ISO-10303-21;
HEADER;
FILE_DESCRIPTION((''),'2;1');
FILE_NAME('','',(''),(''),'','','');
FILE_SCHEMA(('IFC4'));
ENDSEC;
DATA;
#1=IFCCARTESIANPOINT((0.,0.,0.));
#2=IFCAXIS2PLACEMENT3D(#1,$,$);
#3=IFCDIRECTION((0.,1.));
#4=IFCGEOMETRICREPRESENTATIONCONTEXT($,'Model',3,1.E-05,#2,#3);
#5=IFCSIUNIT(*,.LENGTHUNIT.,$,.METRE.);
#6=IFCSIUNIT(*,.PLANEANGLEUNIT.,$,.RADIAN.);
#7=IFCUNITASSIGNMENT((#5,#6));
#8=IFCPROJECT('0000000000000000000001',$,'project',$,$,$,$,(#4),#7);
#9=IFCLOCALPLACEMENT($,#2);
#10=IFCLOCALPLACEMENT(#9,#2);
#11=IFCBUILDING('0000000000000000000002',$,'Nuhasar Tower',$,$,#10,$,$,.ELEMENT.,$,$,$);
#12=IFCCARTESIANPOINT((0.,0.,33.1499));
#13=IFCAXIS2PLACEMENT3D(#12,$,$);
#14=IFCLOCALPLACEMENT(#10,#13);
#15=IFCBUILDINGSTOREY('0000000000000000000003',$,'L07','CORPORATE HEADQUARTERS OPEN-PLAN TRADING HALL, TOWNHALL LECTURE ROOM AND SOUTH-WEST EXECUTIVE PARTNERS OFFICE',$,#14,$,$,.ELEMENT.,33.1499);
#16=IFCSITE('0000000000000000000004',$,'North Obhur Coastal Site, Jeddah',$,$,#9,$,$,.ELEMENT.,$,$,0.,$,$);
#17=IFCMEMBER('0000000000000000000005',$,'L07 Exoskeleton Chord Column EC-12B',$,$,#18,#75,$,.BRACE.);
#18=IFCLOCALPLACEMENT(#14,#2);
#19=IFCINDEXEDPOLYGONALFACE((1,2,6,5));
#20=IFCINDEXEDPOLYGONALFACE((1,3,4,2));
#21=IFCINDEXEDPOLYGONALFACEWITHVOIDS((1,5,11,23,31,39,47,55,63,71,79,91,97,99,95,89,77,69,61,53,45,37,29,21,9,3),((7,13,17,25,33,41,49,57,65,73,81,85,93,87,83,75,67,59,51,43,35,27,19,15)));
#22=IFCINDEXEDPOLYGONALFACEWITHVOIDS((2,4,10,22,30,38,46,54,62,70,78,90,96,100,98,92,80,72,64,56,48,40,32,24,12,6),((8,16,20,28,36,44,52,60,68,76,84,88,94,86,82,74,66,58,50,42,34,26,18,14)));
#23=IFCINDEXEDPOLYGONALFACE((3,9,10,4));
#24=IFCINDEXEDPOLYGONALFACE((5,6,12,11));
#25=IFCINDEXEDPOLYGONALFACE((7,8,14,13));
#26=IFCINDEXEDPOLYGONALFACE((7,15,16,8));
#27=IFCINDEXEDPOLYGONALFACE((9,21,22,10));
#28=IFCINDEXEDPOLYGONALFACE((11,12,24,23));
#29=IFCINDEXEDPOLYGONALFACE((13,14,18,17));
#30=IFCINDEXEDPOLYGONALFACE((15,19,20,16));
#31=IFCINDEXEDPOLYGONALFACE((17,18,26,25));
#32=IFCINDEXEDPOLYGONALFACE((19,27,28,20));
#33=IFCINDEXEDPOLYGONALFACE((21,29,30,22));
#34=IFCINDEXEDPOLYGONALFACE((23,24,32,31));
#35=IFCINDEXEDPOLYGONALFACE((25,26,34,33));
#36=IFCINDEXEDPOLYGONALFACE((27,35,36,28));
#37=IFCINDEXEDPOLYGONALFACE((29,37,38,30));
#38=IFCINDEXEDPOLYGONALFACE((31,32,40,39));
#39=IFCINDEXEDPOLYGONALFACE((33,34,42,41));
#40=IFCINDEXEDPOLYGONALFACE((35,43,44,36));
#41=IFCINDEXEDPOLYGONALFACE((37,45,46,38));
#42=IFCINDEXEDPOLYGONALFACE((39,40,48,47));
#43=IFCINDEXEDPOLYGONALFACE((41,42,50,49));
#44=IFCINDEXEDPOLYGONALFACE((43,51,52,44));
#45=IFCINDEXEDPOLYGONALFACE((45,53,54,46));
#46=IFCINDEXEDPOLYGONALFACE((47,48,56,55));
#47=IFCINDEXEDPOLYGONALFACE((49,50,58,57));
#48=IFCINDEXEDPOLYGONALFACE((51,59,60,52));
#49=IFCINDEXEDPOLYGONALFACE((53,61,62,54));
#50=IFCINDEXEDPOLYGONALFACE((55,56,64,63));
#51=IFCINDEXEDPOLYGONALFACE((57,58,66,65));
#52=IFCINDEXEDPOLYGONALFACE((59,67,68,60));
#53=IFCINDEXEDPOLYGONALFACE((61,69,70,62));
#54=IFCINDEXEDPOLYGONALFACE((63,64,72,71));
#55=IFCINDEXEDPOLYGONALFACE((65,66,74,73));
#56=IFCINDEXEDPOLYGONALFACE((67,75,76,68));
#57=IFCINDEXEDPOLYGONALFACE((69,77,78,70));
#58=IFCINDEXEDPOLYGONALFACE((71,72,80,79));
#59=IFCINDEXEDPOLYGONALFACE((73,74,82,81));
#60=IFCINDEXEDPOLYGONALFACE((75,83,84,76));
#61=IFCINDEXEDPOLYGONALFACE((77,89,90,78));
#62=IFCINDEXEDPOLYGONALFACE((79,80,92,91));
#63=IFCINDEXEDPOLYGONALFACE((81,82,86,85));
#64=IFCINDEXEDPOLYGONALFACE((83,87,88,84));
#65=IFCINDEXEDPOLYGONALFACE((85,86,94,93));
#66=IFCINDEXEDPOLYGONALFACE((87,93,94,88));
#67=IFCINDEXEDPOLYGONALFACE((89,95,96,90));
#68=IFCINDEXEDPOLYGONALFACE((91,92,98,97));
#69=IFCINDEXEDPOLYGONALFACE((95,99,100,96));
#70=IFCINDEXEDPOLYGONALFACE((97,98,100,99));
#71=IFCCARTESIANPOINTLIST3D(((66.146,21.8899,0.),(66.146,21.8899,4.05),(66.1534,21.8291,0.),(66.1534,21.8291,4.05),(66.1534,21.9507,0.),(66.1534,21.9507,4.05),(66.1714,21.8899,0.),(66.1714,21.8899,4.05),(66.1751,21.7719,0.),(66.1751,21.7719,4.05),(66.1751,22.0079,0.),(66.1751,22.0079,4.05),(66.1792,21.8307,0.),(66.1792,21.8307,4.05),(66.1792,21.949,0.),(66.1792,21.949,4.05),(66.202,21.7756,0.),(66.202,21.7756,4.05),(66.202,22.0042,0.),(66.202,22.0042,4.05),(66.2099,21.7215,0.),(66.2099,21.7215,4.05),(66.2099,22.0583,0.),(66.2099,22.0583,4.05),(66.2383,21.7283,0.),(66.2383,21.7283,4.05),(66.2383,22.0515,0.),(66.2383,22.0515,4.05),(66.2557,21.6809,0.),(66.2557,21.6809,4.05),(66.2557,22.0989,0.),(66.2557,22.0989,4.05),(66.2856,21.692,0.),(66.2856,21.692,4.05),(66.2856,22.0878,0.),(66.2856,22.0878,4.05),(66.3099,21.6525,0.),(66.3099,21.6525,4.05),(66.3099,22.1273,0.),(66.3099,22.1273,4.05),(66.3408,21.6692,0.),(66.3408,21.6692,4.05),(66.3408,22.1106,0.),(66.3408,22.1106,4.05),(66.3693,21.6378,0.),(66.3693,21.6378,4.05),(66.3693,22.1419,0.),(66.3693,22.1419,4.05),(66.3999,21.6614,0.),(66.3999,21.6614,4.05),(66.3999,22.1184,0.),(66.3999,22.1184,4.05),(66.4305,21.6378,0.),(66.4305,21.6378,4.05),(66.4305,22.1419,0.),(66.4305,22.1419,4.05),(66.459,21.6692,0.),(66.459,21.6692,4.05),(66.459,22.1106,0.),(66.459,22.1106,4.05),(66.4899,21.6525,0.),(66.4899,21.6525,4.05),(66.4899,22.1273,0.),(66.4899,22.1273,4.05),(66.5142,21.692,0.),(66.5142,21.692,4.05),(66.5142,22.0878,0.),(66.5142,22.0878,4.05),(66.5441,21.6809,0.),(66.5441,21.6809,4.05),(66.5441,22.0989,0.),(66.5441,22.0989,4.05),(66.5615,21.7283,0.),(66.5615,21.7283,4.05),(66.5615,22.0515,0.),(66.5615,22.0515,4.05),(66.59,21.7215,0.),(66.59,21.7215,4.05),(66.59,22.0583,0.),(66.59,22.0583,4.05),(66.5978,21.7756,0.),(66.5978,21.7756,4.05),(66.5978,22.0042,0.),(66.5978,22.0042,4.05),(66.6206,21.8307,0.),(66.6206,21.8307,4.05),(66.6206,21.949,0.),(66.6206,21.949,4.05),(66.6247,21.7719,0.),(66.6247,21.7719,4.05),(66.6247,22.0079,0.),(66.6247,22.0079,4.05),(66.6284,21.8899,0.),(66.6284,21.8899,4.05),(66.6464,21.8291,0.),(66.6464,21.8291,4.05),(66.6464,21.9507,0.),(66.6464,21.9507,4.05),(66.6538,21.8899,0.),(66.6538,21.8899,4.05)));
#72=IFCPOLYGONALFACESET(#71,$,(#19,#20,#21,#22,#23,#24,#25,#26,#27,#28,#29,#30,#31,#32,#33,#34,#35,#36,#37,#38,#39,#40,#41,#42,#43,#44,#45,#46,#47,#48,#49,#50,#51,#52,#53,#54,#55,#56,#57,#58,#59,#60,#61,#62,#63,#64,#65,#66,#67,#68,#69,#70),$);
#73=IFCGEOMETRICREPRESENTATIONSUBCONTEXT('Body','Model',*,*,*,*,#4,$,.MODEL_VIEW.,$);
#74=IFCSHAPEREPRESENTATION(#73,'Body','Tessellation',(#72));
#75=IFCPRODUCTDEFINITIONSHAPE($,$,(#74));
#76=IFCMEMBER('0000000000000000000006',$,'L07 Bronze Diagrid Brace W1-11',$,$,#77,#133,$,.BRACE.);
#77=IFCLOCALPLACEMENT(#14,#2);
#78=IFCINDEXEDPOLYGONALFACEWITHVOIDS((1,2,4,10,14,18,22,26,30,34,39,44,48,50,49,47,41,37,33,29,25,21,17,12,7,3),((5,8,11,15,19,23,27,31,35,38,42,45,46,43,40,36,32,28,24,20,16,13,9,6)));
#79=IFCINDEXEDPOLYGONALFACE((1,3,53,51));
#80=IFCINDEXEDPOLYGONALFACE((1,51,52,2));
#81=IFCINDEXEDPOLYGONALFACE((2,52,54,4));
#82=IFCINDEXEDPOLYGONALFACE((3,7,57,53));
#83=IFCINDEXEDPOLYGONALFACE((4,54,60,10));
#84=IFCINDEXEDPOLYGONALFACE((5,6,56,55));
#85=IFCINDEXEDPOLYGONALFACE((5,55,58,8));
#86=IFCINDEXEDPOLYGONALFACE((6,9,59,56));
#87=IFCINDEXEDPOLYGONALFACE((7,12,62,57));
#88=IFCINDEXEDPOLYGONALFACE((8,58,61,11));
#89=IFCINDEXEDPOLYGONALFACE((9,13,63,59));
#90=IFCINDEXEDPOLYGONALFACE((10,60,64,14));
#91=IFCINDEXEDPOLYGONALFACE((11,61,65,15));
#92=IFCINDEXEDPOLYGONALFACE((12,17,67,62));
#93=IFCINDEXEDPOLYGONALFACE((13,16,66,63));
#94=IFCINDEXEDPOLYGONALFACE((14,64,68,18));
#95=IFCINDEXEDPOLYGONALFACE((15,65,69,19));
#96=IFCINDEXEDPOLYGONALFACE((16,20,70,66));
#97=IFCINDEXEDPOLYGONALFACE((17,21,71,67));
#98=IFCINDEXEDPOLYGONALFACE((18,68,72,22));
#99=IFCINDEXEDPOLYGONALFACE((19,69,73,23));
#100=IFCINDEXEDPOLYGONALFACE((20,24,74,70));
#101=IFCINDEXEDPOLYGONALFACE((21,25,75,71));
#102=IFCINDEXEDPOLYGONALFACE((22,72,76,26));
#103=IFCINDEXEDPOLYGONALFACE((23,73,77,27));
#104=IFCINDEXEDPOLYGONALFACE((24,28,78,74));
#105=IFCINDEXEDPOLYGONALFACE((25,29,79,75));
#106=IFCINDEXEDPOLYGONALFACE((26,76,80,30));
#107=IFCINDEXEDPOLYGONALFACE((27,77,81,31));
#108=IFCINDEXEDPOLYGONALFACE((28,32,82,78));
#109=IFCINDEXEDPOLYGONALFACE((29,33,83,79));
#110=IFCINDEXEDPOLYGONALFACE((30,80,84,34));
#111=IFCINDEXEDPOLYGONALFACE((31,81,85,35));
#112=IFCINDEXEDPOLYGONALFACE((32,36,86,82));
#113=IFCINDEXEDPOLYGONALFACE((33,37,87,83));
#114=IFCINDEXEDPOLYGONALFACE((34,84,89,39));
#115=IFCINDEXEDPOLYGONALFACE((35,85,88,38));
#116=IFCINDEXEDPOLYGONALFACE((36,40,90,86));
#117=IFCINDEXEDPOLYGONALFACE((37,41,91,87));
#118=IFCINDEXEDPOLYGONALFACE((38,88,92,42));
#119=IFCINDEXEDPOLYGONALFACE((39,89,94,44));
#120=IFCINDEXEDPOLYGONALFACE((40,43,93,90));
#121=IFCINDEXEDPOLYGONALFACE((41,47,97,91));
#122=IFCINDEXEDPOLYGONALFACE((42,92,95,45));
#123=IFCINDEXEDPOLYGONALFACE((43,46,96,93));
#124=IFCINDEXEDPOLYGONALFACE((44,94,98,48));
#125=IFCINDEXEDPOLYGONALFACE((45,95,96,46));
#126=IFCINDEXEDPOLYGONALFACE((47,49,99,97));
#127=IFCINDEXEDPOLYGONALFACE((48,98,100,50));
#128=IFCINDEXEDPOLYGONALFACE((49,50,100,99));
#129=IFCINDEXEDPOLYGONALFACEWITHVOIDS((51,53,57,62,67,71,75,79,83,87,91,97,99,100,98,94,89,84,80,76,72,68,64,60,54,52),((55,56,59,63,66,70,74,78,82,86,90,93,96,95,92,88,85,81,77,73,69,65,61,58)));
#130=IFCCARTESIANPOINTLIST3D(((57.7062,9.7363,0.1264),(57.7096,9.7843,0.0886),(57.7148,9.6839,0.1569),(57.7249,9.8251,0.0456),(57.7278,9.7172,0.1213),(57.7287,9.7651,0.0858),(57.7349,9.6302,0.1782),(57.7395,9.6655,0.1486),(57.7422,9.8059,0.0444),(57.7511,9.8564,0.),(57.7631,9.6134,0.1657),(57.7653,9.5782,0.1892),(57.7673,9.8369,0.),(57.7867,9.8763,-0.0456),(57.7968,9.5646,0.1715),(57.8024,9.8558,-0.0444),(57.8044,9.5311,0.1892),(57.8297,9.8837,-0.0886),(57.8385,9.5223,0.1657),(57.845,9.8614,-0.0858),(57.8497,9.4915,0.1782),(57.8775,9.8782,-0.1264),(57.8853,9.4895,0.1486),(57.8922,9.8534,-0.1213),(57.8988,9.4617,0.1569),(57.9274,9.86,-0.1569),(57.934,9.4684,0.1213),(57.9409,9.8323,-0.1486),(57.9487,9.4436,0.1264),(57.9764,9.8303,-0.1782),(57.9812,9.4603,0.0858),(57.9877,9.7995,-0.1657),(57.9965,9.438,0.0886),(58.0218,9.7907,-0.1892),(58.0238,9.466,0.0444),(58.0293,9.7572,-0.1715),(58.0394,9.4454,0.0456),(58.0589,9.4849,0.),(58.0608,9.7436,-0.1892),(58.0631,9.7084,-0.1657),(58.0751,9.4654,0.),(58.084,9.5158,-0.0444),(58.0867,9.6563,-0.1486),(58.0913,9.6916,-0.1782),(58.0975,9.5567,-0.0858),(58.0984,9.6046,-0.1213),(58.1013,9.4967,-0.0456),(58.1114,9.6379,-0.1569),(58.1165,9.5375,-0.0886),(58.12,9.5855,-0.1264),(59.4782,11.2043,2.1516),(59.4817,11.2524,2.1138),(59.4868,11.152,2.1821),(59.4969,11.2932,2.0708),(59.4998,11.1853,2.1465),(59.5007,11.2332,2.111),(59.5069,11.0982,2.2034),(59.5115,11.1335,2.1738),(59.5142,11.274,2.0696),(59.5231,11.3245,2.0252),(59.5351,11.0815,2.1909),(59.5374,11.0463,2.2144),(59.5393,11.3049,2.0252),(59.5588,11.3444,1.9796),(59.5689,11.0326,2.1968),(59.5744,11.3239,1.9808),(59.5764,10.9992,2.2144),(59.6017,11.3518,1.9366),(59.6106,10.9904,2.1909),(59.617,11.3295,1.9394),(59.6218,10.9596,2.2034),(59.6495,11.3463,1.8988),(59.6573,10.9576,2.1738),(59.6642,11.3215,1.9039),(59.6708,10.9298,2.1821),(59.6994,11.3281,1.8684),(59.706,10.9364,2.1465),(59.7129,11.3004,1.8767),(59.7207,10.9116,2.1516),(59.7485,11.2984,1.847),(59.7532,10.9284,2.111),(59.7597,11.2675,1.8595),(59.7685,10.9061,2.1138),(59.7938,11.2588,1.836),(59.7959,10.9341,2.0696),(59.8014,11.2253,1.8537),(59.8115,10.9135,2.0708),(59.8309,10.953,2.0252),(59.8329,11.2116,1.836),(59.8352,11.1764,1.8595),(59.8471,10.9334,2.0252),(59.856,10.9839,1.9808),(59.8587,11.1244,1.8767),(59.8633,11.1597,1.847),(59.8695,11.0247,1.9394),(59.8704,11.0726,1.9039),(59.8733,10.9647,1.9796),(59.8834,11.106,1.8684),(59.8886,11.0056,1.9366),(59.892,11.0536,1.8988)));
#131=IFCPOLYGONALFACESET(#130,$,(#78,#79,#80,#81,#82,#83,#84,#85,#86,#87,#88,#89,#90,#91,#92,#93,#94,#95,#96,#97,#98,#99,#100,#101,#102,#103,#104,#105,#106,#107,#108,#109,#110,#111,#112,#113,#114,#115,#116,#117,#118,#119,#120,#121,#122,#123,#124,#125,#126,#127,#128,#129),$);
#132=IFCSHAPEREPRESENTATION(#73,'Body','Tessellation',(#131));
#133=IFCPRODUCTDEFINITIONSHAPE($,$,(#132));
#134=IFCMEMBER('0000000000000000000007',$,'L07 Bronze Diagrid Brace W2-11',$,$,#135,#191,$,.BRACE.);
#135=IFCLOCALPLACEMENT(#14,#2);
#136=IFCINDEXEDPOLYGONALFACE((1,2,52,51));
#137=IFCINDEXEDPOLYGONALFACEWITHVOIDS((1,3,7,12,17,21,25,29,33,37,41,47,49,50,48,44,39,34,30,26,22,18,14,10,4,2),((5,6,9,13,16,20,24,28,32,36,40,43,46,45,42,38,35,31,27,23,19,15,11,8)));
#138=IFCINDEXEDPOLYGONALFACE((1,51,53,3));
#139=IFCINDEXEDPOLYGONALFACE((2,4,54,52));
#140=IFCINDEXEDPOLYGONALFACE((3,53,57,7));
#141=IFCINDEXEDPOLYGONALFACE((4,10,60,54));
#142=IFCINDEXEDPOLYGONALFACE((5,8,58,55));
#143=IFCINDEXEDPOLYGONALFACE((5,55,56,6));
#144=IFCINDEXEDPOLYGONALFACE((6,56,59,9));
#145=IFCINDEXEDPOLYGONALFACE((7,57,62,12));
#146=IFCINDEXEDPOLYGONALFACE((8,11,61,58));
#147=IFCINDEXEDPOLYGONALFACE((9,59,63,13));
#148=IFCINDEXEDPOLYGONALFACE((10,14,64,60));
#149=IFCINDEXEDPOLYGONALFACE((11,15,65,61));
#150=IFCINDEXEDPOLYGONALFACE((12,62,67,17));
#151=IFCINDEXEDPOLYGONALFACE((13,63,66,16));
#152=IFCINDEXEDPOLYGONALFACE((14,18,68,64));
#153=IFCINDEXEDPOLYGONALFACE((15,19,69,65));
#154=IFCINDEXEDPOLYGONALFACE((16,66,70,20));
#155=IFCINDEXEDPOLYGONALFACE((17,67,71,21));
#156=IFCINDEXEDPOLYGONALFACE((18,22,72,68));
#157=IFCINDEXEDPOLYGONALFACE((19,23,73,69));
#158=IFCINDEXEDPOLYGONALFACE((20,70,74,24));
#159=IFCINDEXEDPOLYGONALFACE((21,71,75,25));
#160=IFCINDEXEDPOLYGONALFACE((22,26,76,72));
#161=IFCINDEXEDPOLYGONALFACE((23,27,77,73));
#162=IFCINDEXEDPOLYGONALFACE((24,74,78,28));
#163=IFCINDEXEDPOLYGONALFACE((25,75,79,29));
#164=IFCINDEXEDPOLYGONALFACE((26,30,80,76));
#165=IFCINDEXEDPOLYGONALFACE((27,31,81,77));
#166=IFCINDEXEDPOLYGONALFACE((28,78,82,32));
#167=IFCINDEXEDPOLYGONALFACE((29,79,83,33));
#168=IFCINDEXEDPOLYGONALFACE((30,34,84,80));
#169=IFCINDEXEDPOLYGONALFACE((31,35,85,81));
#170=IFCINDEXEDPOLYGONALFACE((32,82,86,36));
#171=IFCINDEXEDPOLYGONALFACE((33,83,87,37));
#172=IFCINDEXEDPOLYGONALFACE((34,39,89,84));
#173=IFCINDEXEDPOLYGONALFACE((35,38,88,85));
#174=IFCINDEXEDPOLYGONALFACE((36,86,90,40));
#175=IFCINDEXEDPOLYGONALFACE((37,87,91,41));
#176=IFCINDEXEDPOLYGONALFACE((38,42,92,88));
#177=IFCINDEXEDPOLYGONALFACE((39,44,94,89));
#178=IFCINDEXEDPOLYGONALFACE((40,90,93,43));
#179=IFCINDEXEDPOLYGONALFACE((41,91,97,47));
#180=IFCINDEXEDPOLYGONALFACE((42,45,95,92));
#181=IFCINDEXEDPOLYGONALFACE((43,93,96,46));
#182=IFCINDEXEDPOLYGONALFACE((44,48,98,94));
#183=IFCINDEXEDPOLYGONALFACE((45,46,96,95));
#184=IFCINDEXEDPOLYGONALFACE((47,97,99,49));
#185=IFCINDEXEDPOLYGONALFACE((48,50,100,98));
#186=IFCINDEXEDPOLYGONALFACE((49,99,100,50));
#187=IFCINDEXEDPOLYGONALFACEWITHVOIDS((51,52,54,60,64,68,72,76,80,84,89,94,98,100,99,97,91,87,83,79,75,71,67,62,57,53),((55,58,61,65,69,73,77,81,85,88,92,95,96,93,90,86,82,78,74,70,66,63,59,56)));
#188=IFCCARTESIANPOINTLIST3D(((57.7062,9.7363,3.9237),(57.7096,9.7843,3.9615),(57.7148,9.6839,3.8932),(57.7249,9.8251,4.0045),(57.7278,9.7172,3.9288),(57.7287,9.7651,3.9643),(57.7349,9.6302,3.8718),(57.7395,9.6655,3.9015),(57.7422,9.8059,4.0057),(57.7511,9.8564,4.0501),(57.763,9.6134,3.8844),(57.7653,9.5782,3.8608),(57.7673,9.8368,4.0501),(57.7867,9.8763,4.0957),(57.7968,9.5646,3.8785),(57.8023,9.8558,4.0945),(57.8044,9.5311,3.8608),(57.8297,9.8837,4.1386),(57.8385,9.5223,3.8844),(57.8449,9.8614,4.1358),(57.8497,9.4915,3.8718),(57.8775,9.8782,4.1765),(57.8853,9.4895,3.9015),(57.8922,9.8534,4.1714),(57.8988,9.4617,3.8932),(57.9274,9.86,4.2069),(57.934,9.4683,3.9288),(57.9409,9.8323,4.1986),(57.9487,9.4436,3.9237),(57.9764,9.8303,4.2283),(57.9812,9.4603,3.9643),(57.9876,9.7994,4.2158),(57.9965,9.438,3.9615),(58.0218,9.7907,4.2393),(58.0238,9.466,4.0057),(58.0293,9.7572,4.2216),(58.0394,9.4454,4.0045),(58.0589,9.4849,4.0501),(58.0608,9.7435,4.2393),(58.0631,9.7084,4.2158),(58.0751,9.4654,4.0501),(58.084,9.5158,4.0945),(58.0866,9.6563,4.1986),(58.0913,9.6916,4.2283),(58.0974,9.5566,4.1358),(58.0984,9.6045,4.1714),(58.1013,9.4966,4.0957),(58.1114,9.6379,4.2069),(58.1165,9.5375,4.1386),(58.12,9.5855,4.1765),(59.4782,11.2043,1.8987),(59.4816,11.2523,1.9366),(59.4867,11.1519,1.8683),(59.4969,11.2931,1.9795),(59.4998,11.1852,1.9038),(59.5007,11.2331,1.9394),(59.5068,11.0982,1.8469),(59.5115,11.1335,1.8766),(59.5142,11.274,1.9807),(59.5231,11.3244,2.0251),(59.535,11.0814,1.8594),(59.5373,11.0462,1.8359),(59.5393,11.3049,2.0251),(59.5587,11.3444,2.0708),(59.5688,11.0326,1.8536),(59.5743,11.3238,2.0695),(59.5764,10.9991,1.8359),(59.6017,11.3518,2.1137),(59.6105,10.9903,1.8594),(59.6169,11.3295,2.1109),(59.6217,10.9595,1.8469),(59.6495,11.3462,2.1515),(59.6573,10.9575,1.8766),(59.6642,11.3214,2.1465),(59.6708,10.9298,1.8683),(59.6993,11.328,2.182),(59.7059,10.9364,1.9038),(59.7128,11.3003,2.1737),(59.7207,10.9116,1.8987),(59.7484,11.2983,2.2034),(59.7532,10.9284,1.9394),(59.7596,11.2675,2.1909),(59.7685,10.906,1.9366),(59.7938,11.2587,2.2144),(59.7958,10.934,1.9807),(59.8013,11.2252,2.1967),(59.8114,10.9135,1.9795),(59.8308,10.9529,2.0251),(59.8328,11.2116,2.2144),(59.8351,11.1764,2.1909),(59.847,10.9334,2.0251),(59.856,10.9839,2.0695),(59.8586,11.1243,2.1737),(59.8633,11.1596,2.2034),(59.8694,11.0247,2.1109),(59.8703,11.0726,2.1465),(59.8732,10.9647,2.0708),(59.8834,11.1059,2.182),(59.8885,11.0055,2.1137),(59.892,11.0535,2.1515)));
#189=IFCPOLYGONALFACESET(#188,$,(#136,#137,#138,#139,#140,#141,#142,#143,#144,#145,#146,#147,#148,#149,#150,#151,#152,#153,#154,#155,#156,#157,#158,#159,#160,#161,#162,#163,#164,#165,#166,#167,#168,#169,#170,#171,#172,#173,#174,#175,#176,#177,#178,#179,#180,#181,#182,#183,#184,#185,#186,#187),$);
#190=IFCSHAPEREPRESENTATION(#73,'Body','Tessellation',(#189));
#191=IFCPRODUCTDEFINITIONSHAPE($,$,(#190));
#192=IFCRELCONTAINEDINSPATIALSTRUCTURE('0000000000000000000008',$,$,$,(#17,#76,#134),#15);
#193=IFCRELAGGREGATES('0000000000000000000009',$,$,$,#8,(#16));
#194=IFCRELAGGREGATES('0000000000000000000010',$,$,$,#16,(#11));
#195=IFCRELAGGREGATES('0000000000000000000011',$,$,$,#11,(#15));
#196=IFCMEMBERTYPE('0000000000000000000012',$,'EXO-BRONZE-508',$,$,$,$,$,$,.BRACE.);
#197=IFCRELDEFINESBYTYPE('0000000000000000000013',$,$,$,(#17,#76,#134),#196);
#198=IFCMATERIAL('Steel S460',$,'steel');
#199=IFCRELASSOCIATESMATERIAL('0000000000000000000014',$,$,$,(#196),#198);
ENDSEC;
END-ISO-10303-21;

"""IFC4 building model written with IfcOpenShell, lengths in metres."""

from ifc_helpers import new_model, si_unit, direction, frame, origin, origin_2d, place, context, subcontext, project, spatial, hollow_circle, extrude, material, material_profile, profile_set, type_object, element, save


model = new_model("IFC4")

# Units and contexts
model_context = context("Model", 3, precision=1e-05, world=origin(), true_north=direction((0.0, 1.0)))
body_context = subcontext(model_context, "Body", "Model", "MODEL_VIEW")
ifc_project = project(units=[si_unit("LENGTHUNIT", "METRE"), si_unit("PLANEANGLEUNIT", "RADIAN")], contexts=[model_context])

# Site, building, storey
site_placement = place(None, origin())
site = spatial("IfcSite", under=ifc_project, at=site_placement, Name="North Obhur Coastal Site, Jeddah", CompositionType="ELEMENT", RefElevation=0.0)
building_placement = place(site_placement, origin())
building = spatial("IfcBuilding", under=site, at=building_placement, Name="Nuhasar Tower", CompositionType="ELEMENT")
storey_placement = place(building_placement, frame((0.0, 0.0, 33.1499)))
storey = spatial("IfcBuildingStorey", under=building, at=storey_placement, Name="L07", Description="CORPORATE HEADQUARTERS OPEN-PLAN TRADING HALL, TOWNHALL LECTURE ROOM AND SOUTH-WEST EXECUTIVE PARTNERS OFFICE", CompositionType="ELEMENT", Elevation=33.1499)

# Members
ifc_material_1 = material(Name="Steel S460", Category="steel")
ifc_material_profile_1 = material_profile(ifc_material_1, hollow_circle(Radius=0.2539, WallThickness=0.0254, at=origin_2d()), Name="HSS508X25.4")
ifc_profile_set_1 = profile_set([ifc_material_profile_1], Name="Steel S460")
member_type_1 = type_object("IfcMemberType", Name="EXO-BRONZE-508", PredefinedType="BRACE", material=ifc_profile_set_1)
for number, where, z_axis, x_axis, name in (
    (1, (66.3999, 21.8899, 0.0), (0.0, 0.0, 1.0), (1.0, 0.0, 0.0), "L07 Exoskeleton Chord Column EC-12B"),
):
    element("IfcMember", number, at=place(storey_placement, frame(where, z_axis=z_axis, x_axis=x_axis)), inside=storey, type_object=member_type_1, Name=name, PredefinedType="BRACE", context=body_context, shape_type="SweptSolid", body=[
        extrude(hollow_circle(Radius=0.2539, WallThickness=0.0254, at=origin_2d()), origin(), (0.0, 0.0, 1.0), 4.05),
    ])
member_1_placement = place(storey_placement, frame((57.9131, 9.6609, 0.0), z_axis=(0.578071, 0.478912, 0.660664), x_axis=(-0.637969, 0.770062, 0.0)))
element("IfcMember", 2, at=member_1_placement, inside=storey, type_object=member_type_1, Name="L07 Bronze Diagrid Brace W1-11", PredefinedType="BRACE", context=body_context, shape_type="SweptSolid", body=[
    extrude(hollow_circle(Radius=0.2539, WallThickness=0.0254, at=origin_2d()), origin(), (0.0, 0.0, 1.0), 3.0654),
])
member_2_placement = place(storey_placement, frame((59.6851, 11.1289, 2.0251), z_axis=(-0.578102, -0.478937, 0.660619), x_axis=(0.637969, -0.770062, 0.0)))
element("IfcMember", 3, at=member_2_placement, inside=storey, type_object=member_type_1, Name="L07 Bronze Diagrid Brace W2-11", PredefinedType="BRACE", context=body_context, shape_type="SweptSolid", body=[
    extrude(hollow_circle(Radius=0.2539, WallThickness=0.0254, at=origin_2d()), origin(), (0.0, 0.0, 1.0), 3.0652),
])

save(model, "model.ifc")
